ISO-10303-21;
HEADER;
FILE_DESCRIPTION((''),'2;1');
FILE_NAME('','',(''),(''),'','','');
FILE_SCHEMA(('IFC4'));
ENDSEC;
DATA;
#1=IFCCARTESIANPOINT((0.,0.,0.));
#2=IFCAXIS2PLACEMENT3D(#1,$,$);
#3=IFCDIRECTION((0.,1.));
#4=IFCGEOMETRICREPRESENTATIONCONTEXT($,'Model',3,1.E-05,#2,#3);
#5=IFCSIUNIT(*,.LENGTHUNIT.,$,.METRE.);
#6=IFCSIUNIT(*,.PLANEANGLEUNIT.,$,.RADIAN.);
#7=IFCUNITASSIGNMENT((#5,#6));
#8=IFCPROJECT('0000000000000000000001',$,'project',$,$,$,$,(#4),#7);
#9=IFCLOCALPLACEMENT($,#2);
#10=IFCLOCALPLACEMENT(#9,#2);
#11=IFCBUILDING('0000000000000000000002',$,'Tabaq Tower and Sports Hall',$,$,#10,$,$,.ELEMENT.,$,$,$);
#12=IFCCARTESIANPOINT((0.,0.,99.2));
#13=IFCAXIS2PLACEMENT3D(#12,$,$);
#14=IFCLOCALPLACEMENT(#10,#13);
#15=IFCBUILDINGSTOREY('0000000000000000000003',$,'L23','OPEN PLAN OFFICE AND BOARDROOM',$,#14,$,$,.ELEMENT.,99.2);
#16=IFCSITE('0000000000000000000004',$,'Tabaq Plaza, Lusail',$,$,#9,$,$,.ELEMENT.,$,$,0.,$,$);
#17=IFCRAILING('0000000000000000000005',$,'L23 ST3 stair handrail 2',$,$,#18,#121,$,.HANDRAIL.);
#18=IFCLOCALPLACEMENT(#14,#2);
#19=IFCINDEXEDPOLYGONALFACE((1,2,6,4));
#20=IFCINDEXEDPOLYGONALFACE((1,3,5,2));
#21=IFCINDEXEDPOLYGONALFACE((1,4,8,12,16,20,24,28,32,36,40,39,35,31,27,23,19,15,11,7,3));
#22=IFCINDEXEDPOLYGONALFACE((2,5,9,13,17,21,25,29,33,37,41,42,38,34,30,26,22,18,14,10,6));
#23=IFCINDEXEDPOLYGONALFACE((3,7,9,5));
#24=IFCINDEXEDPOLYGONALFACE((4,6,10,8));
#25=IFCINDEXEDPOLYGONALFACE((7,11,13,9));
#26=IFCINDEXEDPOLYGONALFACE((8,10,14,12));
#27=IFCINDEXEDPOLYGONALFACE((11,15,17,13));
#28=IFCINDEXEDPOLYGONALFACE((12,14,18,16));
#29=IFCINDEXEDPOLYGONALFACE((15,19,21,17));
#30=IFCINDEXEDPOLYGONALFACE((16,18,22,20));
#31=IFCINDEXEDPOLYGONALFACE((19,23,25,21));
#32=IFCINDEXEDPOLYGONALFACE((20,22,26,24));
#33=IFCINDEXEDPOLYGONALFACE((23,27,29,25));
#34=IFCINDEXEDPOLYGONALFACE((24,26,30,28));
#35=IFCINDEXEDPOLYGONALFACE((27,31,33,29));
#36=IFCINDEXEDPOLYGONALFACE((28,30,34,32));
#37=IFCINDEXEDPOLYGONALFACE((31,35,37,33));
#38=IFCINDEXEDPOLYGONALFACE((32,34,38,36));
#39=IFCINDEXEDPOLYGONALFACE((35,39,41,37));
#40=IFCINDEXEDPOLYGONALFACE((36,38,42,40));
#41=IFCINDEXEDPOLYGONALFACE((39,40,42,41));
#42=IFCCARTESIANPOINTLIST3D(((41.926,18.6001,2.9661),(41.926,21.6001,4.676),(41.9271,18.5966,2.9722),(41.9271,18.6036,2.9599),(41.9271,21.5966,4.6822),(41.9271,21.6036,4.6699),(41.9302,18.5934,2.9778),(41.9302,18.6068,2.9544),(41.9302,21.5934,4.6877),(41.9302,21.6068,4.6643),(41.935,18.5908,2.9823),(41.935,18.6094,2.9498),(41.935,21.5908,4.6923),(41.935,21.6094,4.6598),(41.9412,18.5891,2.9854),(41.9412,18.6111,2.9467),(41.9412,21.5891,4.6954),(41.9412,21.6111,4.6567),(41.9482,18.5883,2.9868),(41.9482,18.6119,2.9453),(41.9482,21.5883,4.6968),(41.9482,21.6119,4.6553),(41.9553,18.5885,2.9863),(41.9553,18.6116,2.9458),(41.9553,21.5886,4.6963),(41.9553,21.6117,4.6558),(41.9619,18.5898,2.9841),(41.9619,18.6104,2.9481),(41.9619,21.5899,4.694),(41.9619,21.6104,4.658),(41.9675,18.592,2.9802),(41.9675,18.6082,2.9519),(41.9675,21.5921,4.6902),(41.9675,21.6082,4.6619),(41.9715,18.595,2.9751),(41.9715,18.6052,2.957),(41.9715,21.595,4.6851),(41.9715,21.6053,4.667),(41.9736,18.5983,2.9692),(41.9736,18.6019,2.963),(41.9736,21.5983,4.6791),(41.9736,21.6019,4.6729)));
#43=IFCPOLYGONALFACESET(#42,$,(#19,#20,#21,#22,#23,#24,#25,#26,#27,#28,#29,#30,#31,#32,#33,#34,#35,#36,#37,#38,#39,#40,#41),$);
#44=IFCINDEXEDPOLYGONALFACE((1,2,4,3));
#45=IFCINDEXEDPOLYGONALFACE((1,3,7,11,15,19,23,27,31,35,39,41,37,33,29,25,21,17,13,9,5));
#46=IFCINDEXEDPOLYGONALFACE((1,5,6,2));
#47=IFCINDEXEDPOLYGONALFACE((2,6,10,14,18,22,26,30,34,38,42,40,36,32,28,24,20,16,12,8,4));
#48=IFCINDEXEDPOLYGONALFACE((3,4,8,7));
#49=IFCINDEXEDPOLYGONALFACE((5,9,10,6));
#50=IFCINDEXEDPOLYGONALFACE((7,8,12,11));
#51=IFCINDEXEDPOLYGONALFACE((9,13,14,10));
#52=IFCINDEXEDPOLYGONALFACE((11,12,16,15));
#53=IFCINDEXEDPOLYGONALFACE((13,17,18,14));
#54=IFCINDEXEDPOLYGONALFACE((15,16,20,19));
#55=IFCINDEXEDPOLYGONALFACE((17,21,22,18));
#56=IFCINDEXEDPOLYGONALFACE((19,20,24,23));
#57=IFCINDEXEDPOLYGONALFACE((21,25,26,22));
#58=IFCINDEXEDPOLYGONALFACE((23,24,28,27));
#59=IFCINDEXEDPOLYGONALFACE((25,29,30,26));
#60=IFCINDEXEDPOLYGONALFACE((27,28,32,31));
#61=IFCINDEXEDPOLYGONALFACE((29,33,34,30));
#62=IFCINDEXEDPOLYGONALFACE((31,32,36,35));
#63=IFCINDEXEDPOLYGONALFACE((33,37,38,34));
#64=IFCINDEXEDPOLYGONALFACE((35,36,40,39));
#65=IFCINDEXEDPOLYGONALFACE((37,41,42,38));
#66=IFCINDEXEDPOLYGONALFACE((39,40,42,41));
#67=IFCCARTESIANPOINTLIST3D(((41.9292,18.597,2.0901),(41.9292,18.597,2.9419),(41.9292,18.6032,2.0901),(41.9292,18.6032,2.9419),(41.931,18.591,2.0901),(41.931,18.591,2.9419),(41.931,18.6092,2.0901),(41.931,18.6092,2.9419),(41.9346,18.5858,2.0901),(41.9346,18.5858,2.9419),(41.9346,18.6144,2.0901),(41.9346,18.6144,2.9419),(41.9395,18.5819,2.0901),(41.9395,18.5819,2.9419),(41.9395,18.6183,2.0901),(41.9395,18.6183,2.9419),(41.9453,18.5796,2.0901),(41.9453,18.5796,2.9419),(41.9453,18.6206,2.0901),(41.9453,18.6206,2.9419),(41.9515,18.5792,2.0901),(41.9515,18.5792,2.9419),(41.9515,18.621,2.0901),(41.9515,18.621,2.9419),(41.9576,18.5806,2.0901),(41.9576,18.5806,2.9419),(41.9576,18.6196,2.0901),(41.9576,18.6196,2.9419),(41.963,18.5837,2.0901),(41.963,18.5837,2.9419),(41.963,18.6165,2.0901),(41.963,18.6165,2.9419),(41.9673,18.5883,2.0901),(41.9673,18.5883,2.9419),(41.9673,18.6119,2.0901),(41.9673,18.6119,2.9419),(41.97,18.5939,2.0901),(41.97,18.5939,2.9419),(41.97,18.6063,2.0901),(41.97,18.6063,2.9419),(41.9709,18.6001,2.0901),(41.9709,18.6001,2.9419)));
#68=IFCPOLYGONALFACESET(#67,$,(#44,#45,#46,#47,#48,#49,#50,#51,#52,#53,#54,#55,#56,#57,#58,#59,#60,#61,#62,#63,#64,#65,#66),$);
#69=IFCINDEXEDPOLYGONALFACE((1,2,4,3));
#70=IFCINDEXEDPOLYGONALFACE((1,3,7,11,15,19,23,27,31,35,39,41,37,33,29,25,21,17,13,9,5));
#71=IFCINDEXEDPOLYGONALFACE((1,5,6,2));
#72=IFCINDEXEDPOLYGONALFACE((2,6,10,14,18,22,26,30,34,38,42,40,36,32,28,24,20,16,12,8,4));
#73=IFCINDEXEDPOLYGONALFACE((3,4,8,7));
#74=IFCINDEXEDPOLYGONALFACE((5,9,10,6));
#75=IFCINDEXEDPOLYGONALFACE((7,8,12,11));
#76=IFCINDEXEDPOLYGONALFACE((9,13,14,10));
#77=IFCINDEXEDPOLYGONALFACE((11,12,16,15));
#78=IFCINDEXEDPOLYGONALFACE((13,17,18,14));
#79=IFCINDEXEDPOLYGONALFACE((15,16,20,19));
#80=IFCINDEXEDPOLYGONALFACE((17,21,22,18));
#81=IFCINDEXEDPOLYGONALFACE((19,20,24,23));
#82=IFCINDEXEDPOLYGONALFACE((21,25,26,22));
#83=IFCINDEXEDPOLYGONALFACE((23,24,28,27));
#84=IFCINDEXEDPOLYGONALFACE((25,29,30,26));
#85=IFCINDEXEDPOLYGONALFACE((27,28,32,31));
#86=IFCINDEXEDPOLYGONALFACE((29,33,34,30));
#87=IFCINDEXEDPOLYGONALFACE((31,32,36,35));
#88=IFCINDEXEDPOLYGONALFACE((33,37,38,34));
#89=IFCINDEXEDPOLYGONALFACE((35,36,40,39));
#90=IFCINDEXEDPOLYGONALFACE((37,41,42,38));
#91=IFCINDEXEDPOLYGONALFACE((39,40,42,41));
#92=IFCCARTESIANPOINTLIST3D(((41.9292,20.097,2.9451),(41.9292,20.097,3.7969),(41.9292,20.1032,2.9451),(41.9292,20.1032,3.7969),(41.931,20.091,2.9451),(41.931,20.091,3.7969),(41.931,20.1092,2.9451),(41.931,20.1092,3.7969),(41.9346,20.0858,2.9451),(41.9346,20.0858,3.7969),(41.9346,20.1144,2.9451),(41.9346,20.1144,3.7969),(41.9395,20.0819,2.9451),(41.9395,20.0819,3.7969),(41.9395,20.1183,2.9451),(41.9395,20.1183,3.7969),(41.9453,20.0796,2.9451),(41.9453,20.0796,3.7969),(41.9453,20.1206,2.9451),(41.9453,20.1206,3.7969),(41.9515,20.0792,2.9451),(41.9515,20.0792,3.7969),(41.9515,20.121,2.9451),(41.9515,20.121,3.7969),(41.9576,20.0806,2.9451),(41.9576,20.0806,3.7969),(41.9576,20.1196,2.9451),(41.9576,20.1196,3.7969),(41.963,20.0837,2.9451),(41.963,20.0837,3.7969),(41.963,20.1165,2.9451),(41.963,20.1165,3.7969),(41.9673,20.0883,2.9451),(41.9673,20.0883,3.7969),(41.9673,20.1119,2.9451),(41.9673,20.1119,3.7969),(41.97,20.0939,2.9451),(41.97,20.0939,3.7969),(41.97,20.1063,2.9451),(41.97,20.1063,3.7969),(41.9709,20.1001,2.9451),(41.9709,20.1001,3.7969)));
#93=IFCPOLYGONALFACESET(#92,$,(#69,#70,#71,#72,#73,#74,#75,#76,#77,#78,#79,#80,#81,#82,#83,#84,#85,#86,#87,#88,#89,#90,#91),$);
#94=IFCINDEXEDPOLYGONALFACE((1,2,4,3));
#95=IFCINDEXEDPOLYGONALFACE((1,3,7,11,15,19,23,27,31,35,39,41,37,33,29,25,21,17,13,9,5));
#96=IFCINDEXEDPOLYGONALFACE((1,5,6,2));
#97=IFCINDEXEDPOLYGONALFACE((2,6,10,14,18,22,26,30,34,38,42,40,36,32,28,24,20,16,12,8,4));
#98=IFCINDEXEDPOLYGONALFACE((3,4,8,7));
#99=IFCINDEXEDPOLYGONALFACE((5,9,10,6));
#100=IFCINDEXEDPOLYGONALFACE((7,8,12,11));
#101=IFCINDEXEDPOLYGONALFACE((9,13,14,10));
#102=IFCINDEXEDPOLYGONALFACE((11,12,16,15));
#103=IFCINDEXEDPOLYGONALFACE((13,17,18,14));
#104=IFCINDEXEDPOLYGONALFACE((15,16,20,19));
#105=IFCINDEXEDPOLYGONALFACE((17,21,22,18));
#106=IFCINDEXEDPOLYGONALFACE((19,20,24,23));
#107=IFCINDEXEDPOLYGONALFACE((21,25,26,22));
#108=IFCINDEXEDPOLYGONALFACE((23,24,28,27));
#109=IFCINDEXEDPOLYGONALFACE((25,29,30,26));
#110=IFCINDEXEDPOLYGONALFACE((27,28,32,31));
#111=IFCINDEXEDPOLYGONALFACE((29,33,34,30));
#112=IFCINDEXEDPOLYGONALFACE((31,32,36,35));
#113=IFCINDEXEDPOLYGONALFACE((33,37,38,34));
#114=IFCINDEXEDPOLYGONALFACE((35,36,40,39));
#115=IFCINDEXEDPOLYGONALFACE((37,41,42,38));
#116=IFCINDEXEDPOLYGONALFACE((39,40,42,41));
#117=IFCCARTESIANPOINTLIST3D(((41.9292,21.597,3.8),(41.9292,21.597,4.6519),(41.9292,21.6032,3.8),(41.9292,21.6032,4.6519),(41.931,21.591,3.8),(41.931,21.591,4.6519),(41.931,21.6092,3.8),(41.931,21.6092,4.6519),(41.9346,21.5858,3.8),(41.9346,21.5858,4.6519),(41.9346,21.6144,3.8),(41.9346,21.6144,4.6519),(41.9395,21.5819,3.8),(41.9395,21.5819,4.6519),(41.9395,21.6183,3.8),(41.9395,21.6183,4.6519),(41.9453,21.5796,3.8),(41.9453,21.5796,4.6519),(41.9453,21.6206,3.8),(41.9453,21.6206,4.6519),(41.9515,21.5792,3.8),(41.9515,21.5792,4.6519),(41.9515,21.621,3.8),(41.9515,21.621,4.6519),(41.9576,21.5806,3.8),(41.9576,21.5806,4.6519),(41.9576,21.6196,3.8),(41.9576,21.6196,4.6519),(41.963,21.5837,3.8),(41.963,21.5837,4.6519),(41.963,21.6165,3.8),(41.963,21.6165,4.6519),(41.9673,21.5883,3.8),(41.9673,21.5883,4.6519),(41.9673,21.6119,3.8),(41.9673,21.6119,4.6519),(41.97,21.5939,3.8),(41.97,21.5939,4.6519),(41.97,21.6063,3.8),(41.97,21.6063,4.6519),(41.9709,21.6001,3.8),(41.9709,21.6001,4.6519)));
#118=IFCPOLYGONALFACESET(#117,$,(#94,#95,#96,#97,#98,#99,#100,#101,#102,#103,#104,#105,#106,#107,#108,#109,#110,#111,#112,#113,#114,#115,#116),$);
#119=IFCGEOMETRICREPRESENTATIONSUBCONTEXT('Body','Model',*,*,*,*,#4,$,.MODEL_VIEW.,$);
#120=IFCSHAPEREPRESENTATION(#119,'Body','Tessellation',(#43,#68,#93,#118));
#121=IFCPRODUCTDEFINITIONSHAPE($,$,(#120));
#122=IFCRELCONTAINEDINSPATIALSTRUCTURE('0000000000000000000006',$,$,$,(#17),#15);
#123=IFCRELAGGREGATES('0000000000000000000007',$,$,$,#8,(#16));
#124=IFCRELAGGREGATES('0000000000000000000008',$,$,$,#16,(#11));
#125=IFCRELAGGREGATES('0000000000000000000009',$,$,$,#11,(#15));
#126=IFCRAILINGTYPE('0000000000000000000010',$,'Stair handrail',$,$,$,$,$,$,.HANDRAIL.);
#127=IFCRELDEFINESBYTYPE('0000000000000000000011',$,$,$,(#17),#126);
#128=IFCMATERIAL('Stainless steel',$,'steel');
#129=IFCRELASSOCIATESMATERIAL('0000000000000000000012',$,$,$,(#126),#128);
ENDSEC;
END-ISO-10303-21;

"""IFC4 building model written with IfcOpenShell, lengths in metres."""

from ifc_helpers import new_model, si_unit, direction, frame, origin, origin_2d, place, context, subcontext, project, spatial, circle, extrude, material, type_object, element, save


model = new_model("IFC4")

# Units and contexts
model_context = context("Model", 3, precision=1e-05, world=origin(), true_north=direction((0.0, 1.0)))
body_context = subcontext(model_context, "Body", "Model", "MODEL_VIEW")
ifc_project = project(units=[si_unit("LENGTHUNIT", "METRE"), si_unit("PLANEANGLEUNIT", "RADIAN")], contexts=[model_context])

# Site, building, storey
site_placement = place(None, origin())
site = spatial("IfcSite", under=ifc_project, at=site_placement, Name="Tabaq Plaza, Lusail", CompositionType="ELEMENT", RefElevation=0.0)
building_placement = place(site_placement, origin())
building = spatial("IfcBuilding", under=site, at=building_placement, Name="Tabaq Tower and Sports Hall", CompositionType="ELEMENT")
storey_placement = place(building_placement, frame((0.0, 0.0, 99.2)))
storey = spatial("IfcBuildingStorey", under=building, at=storey_placement, Name="L23", Description="OPEN PLAN OFFICE AND BOARDROOM", CompositionType="ELEMENT", Elevation=99.2)

# Railing
ifc_material_1 = material(Name="Stainless steel", Category="steel")
railing_type_1 = type_object("IfcRailingType", Name="Stair handrail", PredefinedType="HANDRAIL", material=ifc_material_1)
railing_1_placement = place(storey_placement, frame((41.95, 18.6001, 2.0901)))
element("IfcRailing", 1, at=railing_1_placement, inside=storey, type_object=railing_type_1, Name="L23 ST3 stair handrail 2", PredefinedType="HANDRAIL", context=body_context, shape_type="SweptSolid", body=[
    extrude(circle(Radius=0.0239, at=origin_2d()), frame((0.0, 0.0, 0.876), z_axis=(0.0, 0.868782, 0.495195), x_axis=(-1.0, 0.0, 0.0)), (0.0, 0.0, 1.0), 3.4531),
    extrude(circle(Radius=0.021, at=origin_2d()), origin(), (0.0, 0.0, 1.0), 0.8518),
    extrude(circle(Radius=0.021, at=origin_2d()), frame((0.0, 1.5, 0.855)), (0.0, 0.0, 1.0), 0.8518),
    extrude(circle(Radius=0.021, at=origin_2d()), frame((0.0, 3.0, 1.71)), (0.0, 0.0, 1.0), 0.8518),
])

save(model, "model.ifc")
